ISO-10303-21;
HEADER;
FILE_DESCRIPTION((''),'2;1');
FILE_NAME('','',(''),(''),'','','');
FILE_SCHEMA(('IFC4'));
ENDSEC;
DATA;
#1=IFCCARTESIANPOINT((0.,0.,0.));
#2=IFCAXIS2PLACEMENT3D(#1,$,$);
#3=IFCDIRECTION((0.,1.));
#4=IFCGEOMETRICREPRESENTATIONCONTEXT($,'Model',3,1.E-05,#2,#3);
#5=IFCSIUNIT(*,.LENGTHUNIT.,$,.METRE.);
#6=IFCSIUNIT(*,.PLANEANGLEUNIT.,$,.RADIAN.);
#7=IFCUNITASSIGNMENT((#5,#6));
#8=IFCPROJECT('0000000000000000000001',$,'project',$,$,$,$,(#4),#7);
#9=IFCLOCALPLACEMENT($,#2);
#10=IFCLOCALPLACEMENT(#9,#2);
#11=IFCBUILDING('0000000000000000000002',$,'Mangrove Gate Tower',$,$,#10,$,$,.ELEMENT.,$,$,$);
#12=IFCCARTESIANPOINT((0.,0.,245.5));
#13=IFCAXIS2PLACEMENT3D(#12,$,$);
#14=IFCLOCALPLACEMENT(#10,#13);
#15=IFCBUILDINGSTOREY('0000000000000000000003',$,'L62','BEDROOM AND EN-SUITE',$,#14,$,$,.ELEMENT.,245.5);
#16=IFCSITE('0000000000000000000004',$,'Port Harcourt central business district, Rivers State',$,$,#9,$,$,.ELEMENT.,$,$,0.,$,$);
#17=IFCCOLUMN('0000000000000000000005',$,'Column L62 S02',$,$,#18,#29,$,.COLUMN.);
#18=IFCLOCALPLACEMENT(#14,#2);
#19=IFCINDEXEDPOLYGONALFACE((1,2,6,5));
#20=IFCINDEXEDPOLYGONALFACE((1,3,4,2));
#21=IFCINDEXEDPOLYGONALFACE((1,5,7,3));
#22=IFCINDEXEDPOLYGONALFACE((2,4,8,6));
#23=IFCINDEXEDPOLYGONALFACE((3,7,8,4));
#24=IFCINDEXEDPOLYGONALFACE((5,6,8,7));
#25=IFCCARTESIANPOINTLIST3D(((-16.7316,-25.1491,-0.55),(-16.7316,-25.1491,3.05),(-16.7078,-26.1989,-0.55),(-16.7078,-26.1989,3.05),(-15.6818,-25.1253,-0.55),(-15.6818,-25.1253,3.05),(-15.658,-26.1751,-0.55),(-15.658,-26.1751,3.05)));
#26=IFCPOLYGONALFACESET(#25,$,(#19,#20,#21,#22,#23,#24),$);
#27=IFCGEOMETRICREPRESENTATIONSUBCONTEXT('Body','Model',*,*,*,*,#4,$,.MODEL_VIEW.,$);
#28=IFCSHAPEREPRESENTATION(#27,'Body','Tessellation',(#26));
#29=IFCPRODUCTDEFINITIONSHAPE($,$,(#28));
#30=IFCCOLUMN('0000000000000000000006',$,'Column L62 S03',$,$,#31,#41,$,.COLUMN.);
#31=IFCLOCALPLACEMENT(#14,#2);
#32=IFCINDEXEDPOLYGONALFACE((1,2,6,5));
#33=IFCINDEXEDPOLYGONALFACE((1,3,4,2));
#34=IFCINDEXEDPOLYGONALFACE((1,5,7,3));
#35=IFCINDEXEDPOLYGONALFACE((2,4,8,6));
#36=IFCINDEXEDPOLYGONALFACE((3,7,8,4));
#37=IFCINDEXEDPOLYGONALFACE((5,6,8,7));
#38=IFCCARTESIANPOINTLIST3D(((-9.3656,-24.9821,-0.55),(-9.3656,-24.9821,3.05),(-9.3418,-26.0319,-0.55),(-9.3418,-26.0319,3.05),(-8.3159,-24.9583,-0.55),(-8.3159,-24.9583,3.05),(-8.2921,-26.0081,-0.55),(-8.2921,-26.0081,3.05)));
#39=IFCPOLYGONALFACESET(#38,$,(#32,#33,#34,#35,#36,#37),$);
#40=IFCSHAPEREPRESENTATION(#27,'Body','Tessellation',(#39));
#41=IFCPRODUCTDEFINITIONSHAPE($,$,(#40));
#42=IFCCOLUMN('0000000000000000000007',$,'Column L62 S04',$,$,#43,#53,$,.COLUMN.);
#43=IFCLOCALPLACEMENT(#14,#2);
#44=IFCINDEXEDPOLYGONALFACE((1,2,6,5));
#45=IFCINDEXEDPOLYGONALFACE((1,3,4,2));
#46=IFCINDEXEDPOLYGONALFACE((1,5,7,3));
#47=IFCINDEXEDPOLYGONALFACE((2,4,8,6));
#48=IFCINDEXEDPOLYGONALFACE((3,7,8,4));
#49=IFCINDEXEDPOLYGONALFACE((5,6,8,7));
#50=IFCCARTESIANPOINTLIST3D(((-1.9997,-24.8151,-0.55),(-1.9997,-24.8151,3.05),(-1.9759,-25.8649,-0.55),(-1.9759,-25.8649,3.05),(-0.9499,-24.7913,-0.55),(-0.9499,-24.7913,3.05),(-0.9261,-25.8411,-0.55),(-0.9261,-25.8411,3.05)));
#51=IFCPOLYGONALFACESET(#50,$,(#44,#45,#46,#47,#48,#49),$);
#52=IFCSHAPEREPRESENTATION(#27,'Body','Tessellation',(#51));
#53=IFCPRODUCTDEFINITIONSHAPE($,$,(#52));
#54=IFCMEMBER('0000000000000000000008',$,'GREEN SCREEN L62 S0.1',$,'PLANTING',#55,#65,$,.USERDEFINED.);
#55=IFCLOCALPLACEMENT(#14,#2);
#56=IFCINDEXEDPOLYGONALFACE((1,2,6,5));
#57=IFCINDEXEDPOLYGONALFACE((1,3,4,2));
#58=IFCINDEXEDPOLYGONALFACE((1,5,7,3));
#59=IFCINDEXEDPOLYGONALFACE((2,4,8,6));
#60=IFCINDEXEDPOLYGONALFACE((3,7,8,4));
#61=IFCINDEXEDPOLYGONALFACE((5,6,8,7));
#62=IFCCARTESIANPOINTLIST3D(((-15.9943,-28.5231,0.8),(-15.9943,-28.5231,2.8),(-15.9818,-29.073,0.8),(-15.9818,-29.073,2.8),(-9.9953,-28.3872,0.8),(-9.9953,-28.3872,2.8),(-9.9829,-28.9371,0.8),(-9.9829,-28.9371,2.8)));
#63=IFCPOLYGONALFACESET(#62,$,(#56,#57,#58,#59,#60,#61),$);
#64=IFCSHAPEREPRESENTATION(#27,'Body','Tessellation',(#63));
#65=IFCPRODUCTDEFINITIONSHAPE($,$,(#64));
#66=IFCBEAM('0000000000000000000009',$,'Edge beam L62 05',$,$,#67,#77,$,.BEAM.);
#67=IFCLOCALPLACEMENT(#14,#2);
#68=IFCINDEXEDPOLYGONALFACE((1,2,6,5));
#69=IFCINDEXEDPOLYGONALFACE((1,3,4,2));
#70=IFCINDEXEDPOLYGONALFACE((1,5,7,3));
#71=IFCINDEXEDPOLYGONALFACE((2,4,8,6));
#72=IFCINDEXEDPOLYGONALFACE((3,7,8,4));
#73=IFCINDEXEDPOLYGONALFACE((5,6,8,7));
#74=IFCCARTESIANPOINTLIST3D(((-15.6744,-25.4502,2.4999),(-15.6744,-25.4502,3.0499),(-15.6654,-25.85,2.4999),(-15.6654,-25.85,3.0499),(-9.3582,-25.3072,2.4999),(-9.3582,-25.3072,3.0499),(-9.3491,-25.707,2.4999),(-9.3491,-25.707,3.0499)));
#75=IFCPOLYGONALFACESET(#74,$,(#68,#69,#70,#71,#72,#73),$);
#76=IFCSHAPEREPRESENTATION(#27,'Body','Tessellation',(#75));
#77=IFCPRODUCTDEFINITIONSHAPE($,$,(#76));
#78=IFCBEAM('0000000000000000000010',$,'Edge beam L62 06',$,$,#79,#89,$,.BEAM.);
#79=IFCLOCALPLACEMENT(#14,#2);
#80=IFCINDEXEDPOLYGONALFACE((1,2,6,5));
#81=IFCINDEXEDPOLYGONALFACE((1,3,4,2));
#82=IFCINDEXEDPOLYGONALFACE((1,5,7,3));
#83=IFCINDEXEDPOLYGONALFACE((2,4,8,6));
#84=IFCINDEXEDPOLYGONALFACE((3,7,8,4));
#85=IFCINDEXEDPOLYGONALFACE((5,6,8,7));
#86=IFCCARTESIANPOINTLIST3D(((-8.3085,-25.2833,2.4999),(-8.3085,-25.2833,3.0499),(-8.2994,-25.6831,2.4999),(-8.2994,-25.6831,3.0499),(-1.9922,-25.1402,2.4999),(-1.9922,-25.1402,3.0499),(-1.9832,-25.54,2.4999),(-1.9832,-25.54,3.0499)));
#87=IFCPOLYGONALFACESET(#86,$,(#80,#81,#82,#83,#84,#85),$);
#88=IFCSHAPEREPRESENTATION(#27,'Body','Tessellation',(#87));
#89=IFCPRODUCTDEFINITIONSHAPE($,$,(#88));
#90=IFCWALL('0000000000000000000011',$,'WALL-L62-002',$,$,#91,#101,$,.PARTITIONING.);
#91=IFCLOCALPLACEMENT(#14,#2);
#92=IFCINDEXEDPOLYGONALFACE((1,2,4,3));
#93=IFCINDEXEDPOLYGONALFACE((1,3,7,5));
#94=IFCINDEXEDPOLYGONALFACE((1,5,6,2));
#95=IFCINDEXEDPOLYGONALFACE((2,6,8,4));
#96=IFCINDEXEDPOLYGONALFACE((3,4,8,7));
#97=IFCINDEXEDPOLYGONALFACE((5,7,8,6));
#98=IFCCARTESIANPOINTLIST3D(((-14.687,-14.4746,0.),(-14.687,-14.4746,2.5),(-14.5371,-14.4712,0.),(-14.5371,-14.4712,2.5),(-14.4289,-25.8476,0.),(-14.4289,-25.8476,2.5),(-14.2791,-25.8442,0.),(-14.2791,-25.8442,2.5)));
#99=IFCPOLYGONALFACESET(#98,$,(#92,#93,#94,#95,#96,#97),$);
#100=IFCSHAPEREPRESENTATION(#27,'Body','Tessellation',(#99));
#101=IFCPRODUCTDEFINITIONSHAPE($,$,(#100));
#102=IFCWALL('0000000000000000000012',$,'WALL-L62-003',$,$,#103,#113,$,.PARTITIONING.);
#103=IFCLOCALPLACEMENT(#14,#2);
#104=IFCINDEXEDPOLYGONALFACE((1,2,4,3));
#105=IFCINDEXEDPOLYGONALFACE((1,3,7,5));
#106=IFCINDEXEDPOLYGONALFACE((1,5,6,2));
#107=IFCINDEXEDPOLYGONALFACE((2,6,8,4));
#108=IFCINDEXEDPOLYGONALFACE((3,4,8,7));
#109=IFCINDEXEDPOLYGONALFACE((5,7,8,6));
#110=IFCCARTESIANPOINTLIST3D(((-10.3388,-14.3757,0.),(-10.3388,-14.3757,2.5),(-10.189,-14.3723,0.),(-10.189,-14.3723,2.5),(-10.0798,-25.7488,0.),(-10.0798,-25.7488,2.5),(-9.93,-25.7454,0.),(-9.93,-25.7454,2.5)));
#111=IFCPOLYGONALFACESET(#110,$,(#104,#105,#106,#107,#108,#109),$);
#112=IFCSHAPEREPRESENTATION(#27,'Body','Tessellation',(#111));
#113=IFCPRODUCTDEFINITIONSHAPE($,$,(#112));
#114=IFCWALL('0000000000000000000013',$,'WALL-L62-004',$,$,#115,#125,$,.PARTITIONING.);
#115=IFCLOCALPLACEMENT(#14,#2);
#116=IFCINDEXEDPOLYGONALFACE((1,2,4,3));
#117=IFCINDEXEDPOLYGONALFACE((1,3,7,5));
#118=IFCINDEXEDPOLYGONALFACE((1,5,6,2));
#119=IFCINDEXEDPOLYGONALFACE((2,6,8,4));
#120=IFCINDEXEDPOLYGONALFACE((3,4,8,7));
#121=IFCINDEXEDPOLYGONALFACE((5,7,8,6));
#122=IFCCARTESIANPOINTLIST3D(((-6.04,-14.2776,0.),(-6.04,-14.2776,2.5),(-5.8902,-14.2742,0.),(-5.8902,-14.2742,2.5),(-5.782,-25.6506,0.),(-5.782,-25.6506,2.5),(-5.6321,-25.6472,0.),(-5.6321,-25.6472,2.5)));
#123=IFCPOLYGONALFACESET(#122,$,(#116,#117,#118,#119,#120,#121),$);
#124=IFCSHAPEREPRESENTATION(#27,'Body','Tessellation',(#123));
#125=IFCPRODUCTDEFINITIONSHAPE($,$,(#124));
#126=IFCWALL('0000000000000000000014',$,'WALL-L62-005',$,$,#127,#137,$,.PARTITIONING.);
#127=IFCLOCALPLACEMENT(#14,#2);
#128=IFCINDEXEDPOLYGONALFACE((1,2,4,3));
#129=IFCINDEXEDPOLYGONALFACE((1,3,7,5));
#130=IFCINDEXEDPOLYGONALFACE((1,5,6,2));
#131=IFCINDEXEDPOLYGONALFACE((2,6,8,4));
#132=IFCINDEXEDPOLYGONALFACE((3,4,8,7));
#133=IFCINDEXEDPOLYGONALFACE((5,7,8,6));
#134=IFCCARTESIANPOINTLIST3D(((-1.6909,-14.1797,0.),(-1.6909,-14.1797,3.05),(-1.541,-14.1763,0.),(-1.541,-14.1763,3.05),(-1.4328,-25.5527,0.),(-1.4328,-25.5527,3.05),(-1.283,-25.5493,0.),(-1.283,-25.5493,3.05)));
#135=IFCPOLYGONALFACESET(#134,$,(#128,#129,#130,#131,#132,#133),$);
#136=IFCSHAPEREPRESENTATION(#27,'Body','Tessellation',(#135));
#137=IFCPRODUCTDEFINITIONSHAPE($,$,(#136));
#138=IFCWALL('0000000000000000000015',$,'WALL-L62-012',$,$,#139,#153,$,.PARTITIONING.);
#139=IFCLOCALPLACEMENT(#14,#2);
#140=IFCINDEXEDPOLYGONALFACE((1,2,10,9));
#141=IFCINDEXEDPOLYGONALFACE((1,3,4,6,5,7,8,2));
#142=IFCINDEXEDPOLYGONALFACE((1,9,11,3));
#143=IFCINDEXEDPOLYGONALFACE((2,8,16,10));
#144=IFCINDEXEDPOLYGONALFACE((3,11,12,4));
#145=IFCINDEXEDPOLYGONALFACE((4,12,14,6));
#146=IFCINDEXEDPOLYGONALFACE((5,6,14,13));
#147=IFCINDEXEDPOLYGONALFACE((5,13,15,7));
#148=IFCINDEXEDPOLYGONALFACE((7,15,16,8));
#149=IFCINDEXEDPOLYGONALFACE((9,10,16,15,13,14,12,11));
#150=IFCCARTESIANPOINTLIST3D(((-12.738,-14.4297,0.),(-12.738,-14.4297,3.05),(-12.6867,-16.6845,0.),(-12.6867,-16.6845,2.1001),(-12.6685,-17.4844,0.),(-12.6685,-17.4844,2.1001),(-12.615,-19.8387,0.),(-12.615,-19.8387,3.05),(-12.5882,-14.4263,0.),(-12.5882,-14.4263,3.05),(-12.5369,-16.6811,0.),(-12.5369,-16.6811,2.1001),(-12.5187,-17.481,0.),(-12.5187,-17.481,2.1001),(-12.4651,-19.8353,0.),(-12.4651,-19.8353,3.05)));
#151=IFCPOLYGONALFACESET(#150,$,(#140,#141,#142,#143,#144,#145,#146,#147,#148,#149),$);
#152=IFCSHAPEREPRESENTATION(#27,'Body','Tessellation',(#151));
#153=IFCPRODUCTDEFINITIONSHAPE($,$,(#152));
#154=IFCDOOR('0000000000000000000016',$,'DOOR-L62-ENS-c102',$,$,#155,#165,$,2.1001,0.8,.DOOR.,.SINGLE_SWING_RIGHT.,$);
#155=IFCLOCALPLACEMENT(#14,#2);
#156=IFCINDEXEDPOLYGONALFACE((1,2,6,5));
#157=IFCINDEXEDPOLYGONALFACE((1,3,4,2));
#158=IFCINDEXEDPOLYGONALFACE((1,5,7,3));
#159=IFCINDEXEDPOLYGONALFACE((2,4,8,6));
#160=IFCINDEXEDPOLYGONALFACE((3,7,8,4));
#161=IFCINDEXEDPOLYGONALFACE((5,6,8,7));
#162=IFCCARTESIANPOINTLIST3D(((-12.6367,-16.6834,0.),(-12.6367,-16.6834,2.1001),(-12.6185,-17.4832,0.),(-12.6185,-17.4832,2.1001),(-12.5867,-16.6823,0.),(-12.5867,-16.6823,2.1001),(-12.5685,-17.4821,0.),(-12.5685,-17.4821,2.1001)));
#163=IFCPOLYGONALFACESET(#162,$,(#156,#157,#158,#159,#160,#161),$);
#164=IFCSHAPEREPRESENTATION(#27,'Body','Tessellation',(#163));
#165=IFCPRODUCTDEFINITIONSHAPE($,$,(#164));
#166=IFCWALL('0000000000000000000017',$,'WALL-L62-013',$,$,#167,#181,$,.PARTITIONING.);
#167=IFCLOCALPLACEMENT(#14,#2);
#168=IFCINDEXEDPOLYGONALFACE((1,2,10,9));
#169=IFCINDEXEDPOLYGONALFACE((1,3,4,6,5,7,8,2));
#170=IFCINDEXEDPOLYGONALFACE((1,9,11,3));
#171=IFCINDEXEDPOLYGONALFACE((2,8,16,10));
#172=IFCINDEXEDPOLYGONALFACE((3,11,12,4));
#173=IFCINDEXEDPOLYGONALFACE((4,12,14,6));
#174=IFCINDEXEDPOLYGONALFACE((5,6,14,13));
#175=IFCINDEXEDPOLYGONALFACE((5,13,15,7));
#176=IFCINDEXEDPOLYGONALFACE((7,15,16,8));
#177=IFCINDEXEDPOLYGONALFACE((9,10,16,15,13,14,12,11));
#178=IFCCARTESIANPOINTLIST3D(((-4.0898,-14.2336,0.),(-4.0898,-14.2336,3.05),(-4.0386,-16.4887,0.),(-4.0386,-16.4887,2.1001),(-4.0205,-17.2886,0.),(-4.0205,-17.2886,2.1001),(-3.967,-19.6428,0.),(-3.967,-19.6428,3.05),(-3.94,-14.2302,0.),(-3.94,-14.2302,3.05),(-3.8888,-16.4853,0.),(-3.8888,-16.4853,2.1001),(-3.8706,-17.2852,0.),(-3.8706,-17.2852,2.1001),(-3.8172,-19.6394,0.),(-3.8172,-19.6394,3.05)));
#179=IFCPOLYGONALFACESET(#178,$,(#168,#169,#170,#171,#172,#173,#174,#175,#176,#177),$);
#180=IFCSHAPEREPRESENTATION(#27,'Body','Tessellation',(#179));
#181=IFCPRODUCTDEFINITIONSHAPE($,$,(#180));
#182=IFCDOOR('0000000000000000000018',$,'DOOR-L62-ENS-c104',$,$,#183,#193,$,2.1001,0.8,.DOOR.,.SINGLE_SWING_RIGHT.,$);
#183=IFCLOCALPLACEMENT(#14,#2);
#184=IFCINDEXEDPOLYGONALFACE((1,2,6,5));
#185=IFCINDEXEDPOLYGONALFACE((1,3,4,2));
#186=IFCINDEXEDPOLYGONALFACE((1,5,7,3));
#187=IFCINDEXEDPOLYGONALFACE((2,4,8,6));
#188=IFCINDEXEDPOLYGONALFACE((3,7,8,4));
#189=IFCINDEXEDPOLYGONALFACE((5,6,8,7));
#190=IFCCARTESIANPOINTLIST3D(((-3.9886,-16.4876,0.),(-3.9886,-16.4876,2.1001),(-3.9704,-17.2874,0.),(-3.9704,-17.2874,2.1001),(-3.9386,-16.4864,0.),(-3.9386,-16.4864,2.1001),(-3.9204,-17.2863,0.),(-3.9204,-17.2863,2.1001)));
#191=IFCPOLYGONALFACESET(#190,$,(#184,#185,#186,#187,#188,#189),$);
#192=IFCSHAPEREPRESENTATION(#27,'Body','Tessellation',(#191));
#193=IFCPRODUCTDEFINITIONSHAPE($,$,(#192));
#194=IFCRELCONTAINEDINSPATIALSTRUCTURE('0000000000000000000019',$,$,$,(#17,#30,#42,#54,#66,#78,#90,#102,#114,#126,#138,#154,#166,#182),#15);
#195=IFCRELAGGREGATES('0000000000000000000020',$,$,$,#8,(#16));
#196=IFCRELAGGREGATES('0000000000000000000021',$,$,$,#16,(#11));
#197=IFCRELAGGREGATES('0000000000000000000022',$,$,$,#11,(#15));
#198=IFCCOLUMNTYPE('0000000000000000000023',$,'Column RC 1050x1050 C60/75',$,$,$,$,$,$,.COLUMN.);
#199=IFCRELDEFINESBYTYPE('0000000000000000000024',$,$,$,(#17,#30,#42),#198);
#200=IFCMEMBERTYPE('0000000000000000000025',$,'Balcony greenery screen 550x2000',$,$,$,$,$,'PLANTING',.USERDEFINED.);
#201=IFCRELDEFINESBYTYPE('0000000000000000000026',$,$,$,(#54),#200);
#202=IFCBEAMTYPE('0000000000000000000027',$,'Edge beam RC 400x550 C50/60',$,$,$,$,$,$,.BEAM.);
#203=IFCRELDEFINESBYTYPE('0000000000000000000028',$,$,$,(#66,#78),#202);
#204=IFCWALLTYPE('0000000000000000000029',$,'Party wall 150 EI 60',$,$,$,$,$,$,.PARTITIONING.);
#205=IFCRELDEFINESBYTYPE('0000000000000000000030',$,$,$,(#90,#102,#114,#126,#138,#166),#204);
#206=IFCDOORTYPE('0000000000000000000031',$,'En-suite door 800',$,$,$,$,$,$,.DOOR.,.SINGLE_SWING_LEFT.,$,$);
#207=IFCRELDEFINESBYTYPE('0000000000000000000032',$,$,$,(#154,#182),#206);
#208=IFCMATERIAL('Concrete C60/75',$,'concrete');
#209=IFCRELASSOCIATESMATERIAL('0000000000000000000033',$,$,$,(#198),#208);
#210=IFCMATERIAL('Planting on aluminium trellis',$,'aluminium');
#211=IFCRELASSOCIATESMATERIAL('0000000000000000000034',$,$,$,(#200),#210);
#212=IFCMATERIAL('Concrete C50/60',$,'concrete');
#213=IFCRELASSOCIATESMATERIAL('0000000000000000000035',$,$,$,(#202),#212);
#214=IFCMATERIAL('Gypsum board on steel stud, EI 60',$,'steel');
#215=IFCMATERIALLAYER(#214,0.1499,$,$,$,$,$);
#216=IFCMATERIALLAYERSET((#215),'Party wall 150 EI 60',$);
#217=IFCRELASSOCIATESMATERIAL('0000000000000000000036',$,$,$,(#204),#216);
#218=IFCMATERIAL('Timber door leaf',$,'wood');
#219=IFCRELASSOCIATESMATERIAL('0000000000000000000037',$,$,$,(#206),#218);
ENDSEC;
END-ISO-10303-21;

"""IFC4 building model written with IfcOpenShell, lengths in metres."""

from ifc_helpers import new_model, si_unit, direction, frame, frame_2d, origin, origin_2d, place, context, subcontext, project, spatial, rectangle, extrude, material, layer, layer_set, material_profile, profile_set, type_object, element, fill, save


model = new_model("IFC4")

# Units and contexts
model_context = context("Model", 3, precision=1e-05, world=origin(), true_north=direction((0.0, 1.0)))
body_context = subcontext(model_context, "Body", "Model", "MODEL_VIEW")
ifc_project = project(units=[si_unit("LENGTHUNIT", "METRE"), si_unit("PLANEANGLEUNIT", "RADIAN")], contexts=[model_context])

# Site, building, storey
site_placement = place(None, origin())
site = spatial("IfcSite", under=ifc_project, at=site_placement, Name="Port Harcourt central business district, Rivers State", CompositionType="ELEMENT", RefElevation=0.0)
building_placement = place(site_placement, origin())
building = spatial("IfcBuilding", under=site, at=building_placement, Name="Mangrove Gate Tower", CompositionType="ELEMENT")
storey_placement = place(building_placement, frame((0.0, 0.0, 245.5)))
storey = spatial("IfcBuildingStorey", under=building, at=storey_placement, Name="L62", Description="BEDROOM AND EN-SUITE", CompositionType="ELEMENT", Elevation=245.5)

# Columns
ifc_material_1 = material(Name="Concrete C60/75", Category="concrete")
ifc_material_profile_1 = material_profile(ifc_material_1, rectangle(XDim=1.05, YDim=1.05, at=origin_2d()))
ifc_profile_set_1 = profile_set([ifc_material_profile_1], Name="Concrete C60/75")
column_type = type_object("IfcColumnType", Name="Column RC 1050x1050 C60/75", PredefinedType="COLUMN", material=ifc_profile_set_1)
for number, where, z_axis, x_axis, name in (
    (1, (-16.1948, -25.6621, -0.55), (0.0, 0.0, 1.0), (0.999743, 0.022666, 0.0), "Column L62 S02"),
    (2, (-8.8289, -25.4951, -0.55), (0.0, 0.0, 1.0), (0.999743, 0.022666, 0.0), "Column L62 S03"),
    (3, (-1.4629, -25.3281, -0.55), (0.0, 0.0, 1.0), (0.999743, 0.022666, 0.0), "Column L62 S04"),
):
    element("IfcColumn", number, at=place(storey_placement, frame(where, z_axis=z_axis, x_axis=x_axis)), inside=storey, type_object=column_type, Name=name, PredefinedType="COLUMN", context=body_context, shape_type="SweptSolid", body=[
        extrude(rectangle(XDim=1.05, YDim=1.05, at=origin_2d()), origin(), (0.0, 0.0, 1.0), 3.6001),
    ])

# Member
ifc_material_2 = material(Name="Planting on aluminium trellis", Category="aluminium")
ifc_material_profile_2 = material_profile(ifc_material_2, rectangle(XDim=0.55, YDim=2.0, at=origin_2d()))
ifc_profile_set_2 = profile_set([ifc_material_profile_2], Name="Planting on aluminium trellis")
member_type = type_object("IfcMemberType", Name="Balcony greenery screen 550x2000", ElementType="PLANTING", PredefinedType="USERDEFINED", material=ifc_profile_set_2)
member_placement = place(storey_placement, frame((-15.988, -28.7981, 1.8), z_axis=(0.999743, 0.022662, 0.0), x_axis=(-0.022662, 0.999743, 0.0)))
element("IfcMember", 4, at=member_placement, inside=storey, type_object=member_type, Name="GREEN SCREEN L62 S0.1", ObjectType="PLANTING", PredefinedType="USERDEFINED", context=body_context, shape_type="SweptSolid", body=[
    extrude(rectangle(XDim=0.55, YDim=2.0, at=origin_2d()), origin(), (0.0, 0.0, 1.0), 6.0005),
])

# Beams
ifc_material_3 = material(Name="Concrete C50/60", Category="concrete")
ifc_material_profile_3 = material_profile(ifc_material_3, rectangle(XDim=0.3999, YDim=0.55, at=origin_2d()))
ifc_profile_set_3 = profile_set([ifc_material_profile_3], Name="Concrete C50/60")
beam_type = type_object("IfcBeamType", Name="Edge beam RC 400x550 C50/60", PredefinedType="BEAM", material=ifc_profile_set_3)
for number, where, z_axis, x_axis, name in (
    (5, (-15.6699, -25.6501, 2.7749), (0.999744, 0.022645, 0.0), (-0.022645, 0.999744, 0.0), "Edge beam L62 05"),
    (6, (-8.304, -25.4832, 2.7749), (0.999744, 0.022645, 0.0), (-0.022645, 0.999744, 0.0), "Edge beam L62 06"),
):
    element("IfcBeam", number, at=place(storey_placement, frame(where, z_axis=z_axis, x_axis=x_axis)), inside=storey, type_object=beam_type, Name=name, PredefinedType="BEAM", context=body_context, shape_type="SweptSolid", body=[
        extrude(rectangle(XDim=0.3999, YDim=0.55, at=origin_2d()), origin(), (0.0, 0.0, 1.0), 6.3179),
    ])

# Walls
ifc_material_4 = material(Name="Gypsum board on steel stud, EI 60", Category="steel")
ifc_layer_1 = layer(ifc_material_4, 0.1499)
ifc_layer_set_1 = layer_set([ifc_layer_1], Name="Party wall 150 EI 60")
wall_type_1 = type_object("IfcWallType", Name="Party wall 150 EI 60", PredefinedType="PARTITIONING", material=ifc_layer_set_1)
for number, where, z_axis, x_axis, name in (
    (7, (-14.354, -25.8459, 0.0), (0.0, 0.0, 1.0), (-0.022684, 0.999743, 0.0), "WALL-L62-002"),
    (8, (-10.0049, -25.7471, 0.0), (0.0, 0.0, 1.0), (-0.02277, 0.999741, 0.0), "WALL-L62-003"),
    (9, (-5.707, -25.6489, 0.0), (0.0, 0.0, 1.0), (-0.022684, 0.999743, 0.0), "WALL-L62-004"),
):
    element("IfcWall", number, at=place(storey_placement, frame(where, z_axis=z_axis, x_axis=x_axis)), inside=storey, type_object=wall_type_1, Name=name, PredefinedType="PARTITIONING", context=body_context, shape_type="SweptSolid", body=[
        extrude(rectangle(XDim=11.376, YDim=0.1499, at=frame_2d((5.688, 0.0))), origin(), (0.0, 0.0, 1.0), 2.5),
    ])
wall_1_placement = place(storey_placement, frame((-1.3579, -25.551, 0.0), z_axis=(0.0, 0.0, 1.0), x_axis=(-0.022684, 0.999743, 0.0)))
element("IfcWall", 10, at=wall_1_placement, inside=storey, type_object=wall_type_1, Name="WALL-L62-005", PredefinedType="PARTITIONING", context=body_context, shape_type="SweptSolid", body=[
    extrude(rectangle(XDim=11.376, YDim=0.1499, at=frame_2d((5.688, 0.0))), origin(), (0.0, 0.0, 1.0), 3.05),
])

# Walls, openings, doors
wall_2_placement = place(storey_placement, frame((-12.54, -19.8369, 0.0), z_axis=(0.0, 0.0, 1.0), x_axis=(-0.022743, 0.999741, 0.0)))
wall_2 = element("IfcWall", 11, at=wall_2_placement, inside=storey, type_object=wall_type_1, Name="WALL-L62-012", PredefinedType="PARTITIONING", context=body_context, shape_type="SweptSolid", body=[
    extrude(rectangle(XDim=5.4104, YDim=0.1499, at=frame_2d((2.7051, 0.0))), origin(), (0.0, 0.0, 1.0), 3.05),
])
opening_1_placement = place(wall_2_placement, frame((2.355, 0.0, 0.0)))
opening_1 = element("IfcOpeningElement", 12, at=opening_1_placement, cuts=wall_2, PredefinedType="OPENING", context=body_context, shape_type="SweptSolid", body=[
    extrude(rectangle(XDim=0.8, YDim=2.1001, at=frame_2d((0.3999, 1.05))), frame((0.0, 0.085, 0.0), z_axis=(0.0, -1.0, 0.0), x_axis=(1.0, 0.0, 0.0)), (0.0, 0.0, 1.0), 0.1699),
])
ifc_material_5 = material(Name="Timber door leaf", Category="wood")
door_type = type_object("IfcDoorType", Name="En-suite door 800", OperationType="SINGLE_SWING_LEFT", PredefinedType="DOOR", material=ifc_material_5)
door_1_placement = place(opening_1_placement, origin())
door_1 = element("IfcDoor", 13, at=door_1_placement, inside=storey, type_object=door_type, Name="DOOR-L62-ENS-c102", OperationType="SINGLE_SWING_RIGHT", OverallHeight=2.1001, OverallWidth=0.8, PredefinedType="DOOR", context=body_context, shape_type="SweptSolid", body=[
    extrude(rectangle(XDim=0.8, YDim=2.1001, at=frame_2d((0.3999, 1.05))), frame((0.0, 0.0249, 0.0), z_axis=(0.0, -1.0, 0.0), x_axis=(1.0, 0.0, 0.0)), (0.0, 0.0, 1.0), 0.05),
])
fill(opening_1, door_1)
wall_3_placement = place(storey_placement, frame((-3.8921, -19.6411, 0.0), z_axis=(0.0, 0.0, 1.0), x_axis=(-0.022697, 0.999742, 0.0)))
wall_3 = element("IfcWall", 14, at=wall_3_placement, inside=storey, type_object=wall_type_1, Name="WALL-L62-013", PredefinedType="PARTITIONING", context=body_context, shape_type="SweptSolid", body=[
    extrude(rectangle(XDim=5.4106, YDim=0.1499, at=frame_2d((2.7053, 0.0))), origin(), (0.0, 0.0, 1.0), 3.05),
])
opening_2_placement = place(wall_3_placement, frame((2.355, 0.0, 0.0)))
opening_2 = element("IfcOpeningElement", 15, at=opening_2_placement, cuts=wall_3, PredefinedType="OPENING", context=body_context, shape_type="SweptSolid", body=[
    extrude(rectangle(XDim=0.8, YDim=2.1001, at=frame_2d((0.3999, 1.05))), frame((0.0, 0.085, 0.0), z_axis=(0.0, -1.0, 0.0), x_axis=(1.0, 0.0, 0.0)), (0.0, 0.0, 1.0), 0.1699),
])
door_2_placement = place(opening_2_placement, origin())
door_2 = element("IfcDoor", 16, at=door_2_placement, inside=storey, type_object=door_type, Name="DOOR-L62-ENS-c104", OperationType="SINGLE_SWING_RIGHT", OverallHeight=2.1001, OverallWidth=0.8, PredefinedType="DOOR", context=body_context, shape_type="SweptSolid", body=[
    extrude(rectangle(XDim=0.8, YDim=2.1001, at=frame_2d((0.3999, 1.05))), frame((0.0, 0.0249, 0.0), z_axis=(0.0, -1.0, 0.0), x_axis=(1.0, 0.0, 0.0)), (0.0, 0.0, 1.0), 0.05),
])
fill(opening_2, door_2)

save(model, "model.ifc")
